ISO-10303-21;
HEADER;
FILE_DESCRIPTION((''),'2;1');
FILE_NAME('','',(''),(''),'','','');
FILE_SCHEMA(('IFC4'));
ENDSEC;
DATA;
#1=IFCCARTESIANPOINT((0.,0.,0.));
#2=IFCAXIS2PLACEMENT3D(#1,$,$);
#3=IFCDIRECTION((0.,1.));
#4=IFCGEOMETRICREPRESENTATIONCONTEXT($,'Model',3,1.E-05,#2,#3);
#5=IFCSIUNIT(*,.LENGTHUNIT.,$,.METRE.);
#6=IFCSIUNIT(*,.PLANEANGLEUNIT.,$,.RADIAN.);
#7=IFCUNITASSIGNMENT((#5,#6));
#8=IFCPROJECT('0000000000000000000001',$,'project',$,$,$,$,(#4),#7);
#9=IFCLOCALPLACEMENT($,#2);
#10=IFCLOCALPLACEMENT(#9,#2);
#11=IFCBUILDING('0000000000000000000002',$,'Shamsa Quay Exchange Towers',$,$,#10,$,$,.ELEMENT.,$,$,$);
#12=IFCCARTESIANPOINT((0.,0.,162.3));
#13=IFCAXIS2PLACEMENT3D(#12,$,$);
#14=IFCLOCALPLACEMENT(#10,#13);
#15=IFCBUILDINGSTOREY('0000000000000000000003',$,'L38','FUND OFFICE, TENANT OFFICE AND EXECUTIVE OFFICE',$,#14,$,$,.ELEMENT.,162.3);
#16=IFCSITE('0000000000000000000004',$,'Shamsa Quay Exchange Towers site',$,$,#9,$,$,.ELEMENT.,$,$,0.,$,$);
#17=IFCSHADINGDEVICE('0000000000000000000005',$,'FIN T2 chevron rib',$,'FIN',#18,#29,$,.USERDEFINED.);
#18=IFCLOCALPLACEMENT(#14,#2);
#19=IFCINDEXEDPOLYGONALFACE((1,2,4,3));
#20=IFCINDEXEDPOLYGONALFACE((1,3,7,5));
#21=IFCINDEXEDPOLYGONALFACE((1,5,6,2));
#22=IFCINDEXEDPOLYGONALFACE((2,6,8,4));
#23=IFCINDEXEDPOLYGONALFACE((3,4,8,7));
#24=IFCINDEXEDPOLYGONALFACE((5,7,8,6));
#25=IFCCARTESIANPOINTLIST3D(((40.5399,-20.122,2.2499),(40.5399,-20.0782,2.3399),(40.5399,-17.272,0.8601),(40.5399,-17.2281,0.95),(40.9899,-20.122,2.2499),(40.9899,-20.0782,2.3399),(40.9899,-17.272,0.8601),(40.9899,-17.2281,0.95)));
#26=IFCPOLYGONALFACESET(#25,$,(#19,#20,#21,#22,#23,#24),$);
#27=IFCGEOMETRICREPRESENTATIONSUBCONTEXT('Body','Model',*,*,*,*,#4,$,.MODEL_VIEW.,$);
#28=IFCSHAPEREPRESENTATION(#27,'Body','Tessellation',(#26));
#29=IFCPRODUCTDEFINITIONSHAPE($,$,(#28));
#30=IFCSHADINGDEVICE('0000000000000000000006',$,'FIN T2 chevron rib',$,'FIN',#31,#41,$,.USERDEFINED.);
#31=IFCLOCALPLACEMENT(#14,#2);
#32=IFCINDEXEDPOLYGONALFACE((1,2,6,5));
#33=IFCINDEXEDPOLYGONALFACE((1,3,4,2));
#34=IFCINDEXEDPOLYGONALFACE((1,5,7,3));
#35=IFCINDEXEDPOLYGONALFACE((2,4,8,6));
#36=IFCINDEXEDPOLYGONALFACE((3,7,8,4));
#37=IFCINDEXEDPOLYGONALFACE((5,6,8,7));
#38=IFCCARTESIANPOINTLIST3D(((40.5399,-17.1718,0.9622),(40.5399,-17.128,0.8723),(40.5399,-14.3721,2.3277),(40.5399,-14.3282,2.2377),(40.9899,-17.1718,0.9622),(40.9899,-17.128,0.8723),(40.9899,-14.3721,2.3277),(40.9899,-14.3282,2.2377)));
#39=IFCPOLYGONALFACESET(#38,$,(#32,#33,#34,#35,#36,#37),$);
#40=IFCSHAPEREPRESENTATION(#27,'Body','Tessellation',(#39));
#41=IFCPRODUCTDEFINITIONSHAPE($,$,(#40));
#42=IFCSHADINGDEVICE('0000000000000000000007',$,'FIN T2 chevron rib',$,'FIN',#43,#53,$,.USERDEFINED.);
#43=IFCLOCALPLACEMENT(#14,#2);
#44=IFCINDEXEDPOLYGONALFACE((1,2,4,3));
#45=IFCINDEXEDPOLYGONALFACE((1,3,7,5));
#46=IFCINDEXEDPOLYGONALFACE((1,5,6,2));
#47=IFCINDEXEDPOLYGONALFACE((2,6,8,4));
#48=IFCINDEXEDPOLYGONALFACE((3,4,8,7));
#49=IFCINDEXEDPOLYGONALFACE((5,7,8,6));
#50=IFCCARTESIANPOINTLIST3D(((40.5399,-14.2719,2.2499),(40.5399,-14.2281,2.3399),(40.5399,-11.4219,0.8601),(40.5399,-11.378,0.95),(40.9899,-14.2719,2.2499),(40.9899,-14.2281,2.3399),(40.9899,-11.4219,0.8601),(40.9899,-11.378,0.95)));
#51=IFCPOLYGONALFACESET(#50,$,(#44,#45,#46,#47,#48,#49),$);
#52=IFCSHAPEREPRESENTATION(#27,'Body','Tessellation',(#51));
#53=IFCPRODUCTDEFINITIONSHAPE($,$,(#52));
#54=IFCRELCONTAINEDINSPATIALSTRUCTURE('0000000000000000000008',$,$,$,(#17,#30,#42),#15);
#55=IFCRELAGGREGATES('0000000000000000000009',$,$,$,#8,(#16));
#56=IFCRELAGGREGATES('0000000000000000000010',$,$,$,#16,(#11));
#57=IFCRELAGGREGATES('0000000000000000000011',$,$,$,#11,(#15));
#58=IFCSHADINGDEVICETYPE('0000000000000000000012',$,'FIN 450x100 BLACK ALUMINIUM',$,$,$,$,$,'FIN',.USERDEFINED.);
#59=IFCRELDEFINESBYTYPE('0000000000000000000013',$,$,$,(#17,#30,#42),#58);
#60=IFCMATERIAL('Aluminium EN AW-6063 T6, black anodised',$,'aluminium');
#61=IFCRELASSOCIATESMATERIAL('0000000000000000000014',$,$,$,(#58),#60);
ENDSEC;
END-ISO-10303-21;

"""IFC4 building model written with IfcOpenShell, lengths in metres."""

from ifc_helpers import new_model, si_unit, direction, frame, origin, origin_2d, place, context, subcontext, project, spatial, rectangle, extrude, material, material_profile, profile_set, type_object, element, save


model = new_model("IFC4")

# Units and contexts
model_context = context("Model", 3, precision=1e-05, world=origin(), true_north=direction((0.0, 1.0)))
body_context = subcontext(model_context, "Body", "Model", "MODEL_VIEW")
ifc_project = project(units=[si_unit("LENGTHUNIT", "METRE"), si_unit("PLANEANGLEUNIT", "RADIAN")], contexts=[model_context])

# Site, building, storey
site_placement = place(None, origin())
site = spatial("IfcSite", under=ifc_project, at=site_placement, Name="Shamsa Quay Exchange Towers site", CompositionType="ELEMENT", RefElevation=0.0)
building_placement = place(site_placement, origin())
building = spatial("IfcBuilding", under=site, at=building_placement, Name="Shamsa Quay Exchange Towers", CompositionType="ELEMENT")
storey_placement = place(building_placement, frame((0.0, 0.0, 162.3)))
storey = spatial("IfcBuildingStorey", under=building, at=storey_placement, Name="L38", Description="FUND OFFICE, TENANT OFFICE AND EXECUTIVE OFFICE", CompositionType="ELEMENT", Elevation=162.3)

# Shared definitions
ifc_material_1 = material(Name="Aluminium EN AW-6063 T6, black anodised", Category="aluminium")

# Shading devices
ifc_material_profile_1 = material_profile(ifc_material_1, rectangle(XDim=0.45, YDim=0.1001, at=origin_2d()), Name="FIN450x100")
ifc_profile_set_1 = profile_set([ifc_material_profile_1], Name="Aluminium EN AW-6063 T6, black anodised")
shading_device_type = type_object("IfcShadingDeviceType", Name="FIN 450x100 BLACK ALUMINIUM", ElementType="FIN", PredefinedType="USERDEFINED", material=ifc_profile_set_1)
shading_device_1_placement = place(storey_placement, frame((40.7649, -20.1001, 2.2949), z_axis=(0.0, 0.898818, -0.438322), x_axis=(-1.0, 0.0, 0.0)))
element("IfcShadingDevice", 1, at=shading_device_1_placement, inside=storey, type_object=shading_device_type, Name="FIN T2 chevron rib", ObjectType="FIN", PredefinedType="USERDEFINED", context=body_context, shape_type="SweptSolid", body=[
    extrude(rectangle(XDim=0.45, YDim=0.1001, at=origin_2d()), origin(), (0.0, 0.0, 1.0), 3.1709),
])
shading_device_2_placement = place(storey_placement, frame((40.7649, -17.1499, 0.9172), z_axis=(0.0, 0.898804, 0.438351), x_axis=(-1.0, 0.0, 0.0)))
element("IfcShadingDevice", 2, at=shading_device_2_placement, inside=storey, type_object=shading_device_type, Name="FIN T2 chevron rib", ObjectType="FIN", PredefinedType="USERDEFINED", context=body_context, shape_type="SweptSolid", body=[
    extrude(rectangle(XDim=0.45, YDim=0.1001, at=origin_2d()), origin(), (0.0, 0.0, 1.0), 3.115),
])
shading_device_3_placement = place(storey_placement, frame((40.7649, -14.25, 2.2949), z_axis=(0.0, 0.898818, -0.438322), x_axis=(-1.0, 0.0, 0.0)))
element("IfcShadingDevice", 3, at=shading_device_3_placement, inside=storey, type_object=shading_device_type, Name="FIN T2 chevron rib", ObjectType="FIN", PredefinedType="USERDEFINED", context=body_context, shape_type="SweptSolid", body=[
    extrude(rectangle(XDim=0.45, YDim=0.1001, at=origin_2d()), origin(), (0.0, 0.0, 1.0), 3.1709),
])

save(model, "model.ifc")
